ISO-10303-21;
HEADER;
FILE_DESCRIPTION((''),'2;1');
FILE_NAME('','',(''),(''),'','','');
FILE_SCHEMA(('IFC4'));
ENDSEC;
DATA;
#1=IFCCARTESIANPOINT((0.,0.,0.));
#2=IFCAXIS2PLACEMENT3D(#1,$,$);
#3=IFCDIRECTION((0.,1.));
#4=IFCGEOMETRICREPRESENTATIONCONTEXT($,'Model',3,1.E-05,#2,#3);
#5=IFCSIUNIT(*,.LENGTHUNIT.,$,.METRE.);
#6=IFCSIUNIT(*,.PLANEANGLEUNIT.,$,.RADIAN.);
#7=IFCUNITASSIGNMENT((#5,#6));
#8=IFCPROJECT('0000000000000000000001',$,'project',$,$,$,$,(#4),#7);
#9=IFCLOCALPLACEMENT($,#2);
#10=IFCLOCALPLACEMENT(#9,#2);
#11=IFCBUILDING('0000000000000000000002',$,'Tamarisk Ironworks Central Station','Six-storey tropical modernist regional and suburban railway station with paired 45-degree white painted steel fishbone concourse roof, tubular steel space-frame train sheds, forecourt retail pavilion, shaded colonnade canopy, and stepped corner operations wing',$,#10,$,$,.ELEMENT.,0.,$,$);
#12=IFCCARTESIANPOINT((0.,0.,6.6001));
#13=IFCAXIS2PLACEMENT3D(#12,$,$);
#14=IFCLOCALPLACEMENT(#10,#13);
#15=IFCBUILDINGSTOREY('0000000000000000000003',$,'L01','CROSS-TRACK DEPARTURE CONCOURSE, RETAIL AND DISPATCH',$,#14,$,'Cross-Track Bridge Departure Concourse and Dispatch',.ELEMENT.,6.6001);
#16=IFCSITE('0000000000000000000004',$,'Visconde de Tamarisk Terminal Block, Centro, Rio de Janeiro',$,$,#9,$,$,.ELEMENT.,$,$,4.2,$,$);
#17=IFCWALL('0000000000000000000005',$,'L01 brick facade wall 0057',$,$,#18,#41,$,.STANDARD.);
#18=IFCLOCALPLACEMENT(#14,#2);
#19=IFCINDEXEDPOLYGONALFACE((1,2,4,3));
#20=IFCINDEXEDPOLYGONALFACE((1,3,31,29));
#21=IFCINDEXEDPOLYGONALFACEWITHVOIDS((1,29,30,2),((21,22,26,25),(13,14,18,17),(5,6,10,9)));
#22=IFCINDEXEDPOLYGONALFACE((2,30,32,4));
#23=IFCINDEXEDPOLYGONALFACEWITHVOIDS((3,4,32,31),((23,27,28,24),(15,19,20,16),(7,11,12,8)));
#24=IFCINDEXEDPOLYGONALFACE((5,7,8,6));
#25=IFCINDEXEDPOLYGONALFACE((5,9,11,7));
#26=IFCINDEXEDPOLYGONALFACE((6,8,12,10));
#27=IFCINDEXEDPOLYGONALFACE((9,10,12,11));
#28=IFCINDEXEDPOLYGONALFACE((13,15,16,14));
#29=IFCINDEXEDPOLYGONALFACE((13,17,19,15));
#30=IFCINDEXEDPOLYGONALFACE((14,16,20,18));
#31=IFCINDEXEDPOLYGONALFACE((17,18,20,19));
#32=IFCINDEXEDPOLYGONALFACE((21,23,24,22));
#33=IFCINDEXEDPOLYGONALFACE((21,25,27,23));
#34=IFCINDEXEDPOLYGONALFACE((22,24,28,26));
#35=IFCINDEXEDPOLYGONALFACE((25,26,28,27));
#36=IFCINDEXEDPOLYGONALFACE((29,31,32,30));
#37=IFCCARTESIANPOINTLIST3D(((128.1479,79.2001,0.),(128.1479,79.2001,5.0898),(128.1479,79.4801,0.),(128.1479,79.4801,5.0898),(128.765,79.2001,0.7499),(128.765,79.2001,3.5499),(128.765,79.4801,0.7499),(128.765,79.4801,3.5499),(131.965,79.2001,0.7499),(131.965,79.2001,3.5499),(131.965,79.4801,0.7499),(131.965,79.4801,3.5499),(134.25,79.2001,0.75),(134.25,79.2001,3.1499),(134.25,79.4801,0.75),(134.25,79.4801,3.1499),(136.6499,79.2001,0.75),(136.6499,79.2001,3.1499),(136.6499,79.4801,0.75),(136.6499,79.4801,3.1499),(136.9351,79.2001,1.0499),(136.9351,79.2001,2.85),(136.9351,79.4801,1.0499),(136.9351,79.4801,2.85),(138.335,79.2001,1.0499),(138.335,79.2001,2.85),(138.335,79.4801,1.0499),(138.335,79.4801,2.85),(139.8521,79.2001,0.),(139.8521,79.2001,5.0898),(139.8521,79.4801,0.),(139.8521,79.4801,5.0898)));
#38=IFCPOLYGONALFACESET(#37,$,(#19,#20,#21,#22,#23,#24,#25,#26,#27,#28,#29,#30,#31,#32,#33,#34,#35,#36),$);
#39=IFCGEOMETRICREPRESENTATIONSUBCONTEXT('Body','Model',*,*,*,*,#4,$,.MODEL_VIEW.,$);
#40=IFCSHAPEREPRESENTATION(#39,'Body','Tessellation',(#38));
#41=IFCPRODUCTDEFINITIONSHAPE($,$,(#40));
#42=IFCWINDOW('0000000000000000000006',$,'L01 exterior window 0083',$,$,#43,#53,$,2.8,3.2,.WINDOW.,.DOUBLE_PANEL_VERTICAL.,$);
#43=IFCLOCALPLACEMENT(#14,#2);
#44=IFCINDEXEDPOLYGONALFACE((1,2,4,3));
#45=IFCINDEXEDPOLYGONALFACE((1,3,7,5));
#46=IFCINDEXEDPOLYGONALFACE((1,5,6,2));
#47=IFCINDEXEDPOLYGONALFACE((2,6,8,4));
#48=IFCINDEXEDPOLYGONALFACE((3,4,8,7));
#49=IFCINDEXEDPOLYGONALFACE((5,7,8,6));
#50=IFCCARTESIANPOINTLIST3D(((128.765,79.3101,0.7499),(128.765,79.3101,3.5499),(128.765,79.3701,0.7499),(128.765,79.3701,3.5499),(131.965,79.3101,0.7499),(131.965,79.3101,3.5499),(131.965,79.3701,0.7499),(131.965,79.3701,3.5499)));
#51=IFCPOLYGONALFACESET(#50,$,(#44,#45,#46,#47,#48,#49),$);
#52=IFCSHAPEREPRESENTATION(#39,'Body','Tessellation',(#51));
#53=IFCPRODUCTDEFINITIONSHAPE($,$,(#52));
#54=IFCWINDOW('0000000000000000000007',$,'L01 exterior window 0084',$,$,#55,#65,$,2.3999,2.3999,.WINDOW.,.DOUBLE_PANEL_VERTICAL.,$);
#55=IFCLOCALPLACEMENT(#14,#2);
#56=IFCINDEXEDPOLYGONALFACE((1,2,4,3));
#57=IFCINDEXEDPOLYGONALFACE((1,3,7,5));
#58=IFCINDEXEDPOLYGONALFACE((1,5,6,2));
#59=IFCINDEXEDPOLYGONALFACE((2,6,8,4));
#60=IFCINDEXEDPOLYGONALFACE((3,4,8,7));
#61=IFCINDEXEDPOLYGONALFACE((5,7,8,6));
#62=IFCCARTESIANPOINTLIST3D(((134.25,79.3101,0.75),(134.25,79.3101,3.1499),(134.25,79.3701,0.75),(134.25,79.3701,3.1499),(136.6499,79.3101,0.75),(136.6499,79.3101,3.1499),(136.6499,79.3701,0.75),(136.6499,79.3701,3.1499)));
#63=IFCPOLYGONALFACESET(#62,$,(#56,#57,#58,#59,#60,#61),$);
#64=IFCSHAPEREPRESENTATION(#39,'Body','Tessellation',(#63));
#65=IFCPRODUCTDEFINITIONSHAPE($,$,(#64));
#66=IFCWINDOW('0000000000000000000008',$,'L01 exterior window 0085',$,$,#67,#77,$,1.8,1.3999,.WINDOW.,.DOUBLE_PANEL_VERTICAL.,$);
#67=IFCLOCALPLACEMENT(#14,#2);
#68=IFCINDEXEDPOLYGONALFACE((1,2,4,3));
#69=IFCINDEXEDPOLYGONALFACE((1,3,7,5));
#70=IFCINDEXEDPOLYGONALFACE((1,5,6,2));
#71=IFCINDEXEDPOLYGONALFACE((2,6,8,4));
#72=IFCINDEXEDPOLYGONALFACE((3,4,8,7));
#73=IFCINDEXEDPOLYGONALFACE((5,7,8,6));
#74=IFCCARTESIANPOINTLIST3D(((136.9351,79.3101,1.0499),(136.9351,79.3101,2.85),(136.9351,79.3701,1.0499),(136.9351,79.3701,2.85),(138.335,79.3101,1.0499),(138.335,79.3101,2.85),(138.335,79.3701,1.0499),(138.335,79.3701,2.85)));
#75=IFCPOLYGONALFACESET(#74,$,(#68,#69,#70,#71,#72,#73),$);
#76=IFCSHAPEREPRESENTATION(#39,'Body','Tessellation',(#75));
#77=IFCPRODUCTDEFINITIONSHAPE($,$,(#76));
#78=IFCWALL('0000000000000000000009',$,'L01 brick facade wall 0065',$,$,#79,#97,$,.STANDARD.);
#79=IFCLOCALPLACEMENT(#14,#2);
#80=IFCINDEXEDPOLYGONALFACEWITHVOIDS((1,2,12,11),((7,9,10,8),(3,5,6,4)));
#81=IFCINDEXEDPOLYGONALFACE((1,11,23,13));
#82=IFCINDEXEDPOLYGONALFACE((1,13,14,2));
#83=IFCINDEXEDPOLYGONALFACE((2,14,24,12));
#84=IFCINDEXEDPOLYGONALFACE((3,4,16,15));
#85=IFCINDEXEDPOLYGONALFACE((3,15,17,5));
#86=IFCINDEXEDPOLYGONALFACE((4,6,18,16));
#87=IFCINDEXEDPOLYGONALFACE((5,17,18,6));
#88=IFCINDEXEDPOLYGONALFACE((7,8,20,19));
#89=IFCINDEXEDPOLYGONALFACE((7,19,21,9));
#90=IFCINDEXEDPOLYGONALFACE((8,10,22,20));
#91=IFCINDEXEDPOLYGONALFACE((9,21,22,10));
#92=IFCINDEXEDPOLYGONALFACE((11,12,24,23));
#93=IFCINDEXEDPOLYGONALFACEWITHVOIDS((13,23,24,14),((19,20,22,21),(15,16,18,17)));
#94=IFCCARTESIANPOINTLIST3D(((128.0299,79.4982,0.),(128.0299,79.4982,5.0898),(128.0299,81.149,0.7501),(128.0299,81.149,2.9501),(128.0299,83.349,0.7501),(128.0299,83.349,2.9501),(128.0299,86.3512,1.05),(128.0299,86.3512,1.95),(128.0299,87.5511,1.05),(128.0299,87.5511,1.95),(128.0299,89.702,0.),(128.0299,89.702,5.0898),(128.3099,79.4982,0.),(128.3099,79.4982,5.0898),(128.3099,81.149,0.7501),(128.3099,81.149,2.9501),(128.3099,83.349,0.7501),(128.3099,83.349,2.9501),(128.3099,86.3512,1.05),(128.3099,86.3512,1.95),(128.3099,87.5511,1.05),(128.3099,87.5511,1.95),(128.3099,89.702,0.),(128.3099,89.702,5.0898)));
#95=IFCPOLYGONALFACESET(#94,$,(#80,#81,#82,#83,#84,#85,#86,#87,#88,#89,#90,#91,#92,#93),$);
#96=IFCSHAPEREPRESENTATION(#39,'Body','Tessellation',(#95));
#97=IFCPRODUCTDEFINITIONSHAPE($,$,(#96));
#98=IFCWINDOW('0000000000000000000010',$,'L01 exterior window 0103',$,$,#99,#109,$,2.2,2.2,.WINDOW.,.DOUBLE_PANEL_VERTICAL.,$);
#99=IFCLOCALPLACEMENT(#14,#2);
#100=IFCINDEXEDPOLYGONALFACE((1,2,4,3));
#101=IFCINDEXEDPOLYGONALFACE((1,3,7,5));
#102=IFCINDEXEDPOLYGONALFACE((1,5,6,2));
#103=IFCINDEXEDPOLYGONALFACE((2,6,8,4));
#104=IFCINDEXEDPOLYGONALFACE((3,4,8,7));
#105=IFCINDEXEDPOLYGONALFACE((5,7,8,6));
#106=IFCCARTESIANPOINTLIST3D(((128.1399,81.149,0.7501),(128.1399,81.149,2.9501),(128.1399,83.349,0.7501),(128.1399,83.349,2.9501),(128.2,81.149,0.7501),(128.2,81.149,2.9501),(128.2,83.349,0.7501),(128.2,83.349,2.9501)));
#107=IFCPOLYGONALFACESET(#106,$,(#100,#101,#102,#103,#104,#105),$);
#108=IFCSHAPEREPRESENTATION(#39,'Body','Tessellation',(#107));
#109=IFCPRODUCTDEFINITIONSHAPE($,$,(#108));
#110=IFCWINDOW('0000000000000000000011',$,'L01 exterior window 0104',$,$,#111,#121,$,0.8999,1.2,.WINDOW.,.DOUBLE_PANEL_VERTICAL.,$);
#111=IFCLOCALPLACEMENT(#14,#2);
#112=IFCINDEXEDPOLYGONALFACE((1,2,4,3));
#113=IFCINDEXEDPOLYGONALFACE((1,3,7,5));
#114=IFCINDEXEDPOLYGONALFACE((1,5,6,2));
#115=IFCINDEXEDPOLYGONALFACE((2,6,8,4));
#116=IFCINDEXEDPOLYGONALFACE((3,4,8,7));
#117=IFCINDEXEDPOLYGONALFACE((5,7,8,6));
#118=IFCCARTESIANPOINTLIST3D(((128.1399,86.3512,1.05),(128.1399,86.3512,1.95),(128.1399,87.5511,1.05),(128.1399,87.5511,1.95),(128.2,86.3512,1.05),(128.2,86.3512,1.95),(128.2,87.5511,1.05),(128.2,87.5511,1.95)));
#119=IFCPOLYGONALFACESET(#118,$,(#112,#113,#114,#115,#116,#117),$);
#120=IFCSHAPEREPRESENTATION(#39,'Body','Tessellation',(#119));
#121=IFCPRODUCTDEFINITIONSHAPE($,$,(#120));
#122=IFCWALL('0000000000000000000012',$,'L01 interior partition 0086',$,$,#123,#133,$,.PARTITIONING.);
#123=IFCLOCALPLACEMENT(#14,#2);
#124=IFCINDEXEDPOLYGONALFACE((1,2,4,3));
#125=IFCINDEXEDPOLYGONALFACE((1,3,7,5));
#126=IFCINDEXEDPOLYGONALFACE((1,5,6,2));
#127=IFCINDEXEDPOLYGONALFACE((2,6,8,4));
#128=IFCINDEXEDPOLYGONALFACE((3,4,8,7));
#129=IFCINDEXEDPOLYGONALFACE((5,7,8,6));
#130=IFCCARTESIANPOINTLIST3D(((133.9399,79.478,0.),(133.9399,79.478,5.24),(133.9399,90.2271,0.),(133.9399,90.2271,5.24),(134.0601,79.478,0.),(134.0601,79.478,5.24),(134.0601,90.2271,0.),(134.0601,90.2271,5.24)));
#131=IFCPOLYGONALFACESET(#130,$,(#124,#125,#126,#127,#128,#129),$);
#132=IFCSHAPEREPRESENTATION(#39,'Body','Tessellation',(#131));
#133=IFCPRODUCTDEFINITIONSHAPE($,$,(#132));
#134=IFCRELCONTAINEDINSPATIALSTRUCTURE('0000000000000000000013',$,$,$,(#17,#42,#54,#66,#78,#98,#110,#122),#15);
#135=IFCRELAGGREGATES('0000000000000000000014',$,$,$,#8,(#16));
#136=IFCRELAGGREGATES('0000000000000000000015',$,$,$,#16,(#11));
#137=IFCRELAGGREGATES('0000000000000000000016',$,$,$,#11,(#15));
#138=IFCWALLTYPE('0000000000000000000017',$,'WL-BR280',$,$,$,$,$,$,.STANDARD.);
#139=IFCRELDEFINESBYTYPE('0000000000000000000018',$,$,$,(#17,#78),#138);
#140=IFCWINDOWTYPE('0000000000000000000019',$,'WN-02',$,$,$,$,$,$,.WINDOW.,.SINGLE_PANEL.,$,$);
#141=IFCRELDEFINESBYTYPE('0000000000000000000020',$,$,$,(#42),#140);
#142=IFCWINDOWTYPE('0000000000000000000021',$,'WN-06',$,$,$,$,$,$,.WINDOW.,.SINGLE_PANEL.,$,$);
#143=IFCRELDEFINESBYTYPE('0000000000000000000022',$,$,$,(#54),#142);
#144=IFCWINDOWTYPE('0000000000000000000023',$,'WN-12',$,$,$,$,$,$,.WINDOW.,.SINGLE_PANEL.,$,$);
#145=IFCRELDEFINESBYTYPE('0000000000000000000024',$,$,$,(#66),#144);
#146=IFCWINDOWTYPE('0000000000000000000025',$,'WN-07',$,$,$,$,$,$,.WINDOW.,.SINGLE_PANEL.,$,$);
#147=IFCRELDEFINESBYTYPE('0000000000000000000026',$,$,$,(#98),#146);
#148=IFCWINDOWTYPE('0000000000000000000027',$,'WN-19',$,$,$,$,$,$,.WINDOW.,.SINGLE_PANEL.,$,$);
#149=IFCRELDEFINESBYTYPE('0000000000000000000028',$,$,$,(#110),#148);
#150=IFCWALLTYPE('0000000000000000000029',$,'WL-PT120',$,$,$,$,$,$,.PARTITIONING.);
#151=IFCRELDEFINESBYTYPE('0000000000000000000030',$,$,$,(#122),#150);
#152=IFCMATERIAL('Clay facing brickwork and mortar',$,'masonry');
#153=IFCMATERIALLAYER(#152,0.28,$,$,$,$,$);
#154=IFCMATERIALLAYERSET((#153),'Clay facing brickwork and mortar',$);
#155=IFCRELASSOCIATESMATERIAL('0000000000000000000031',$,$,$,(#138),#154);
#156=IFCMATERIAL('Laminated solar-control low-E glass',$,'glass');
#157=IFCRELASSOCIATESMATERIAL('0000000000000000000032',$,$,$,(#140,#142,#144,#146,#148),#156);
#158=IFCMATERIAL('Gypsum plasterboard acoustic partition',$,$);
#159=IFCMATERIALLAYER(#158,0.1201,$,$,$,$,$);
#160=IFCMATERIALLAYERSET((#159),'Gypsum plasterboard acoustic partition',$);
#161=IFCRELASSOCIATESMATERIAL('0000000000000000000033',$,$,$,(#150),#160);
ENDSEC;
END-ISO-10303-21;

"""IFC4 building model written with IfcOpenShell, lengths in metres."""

from ifc_helpers import new_model, si_unit, direction, frame, frame_2d, origin, place, context, subcontext, project, spatial, rectangle, extrude, material, layer, layer_set, type_object, element, fill, save


model = new_model("IFC4")

# Units and contexts
model_context = context("Model", 3, precision=1e-05, world=origin(), true_north=direction((0.0, 1.0)))
body_context = subcontext(model_context, "Body", "Model", "MODEL_VIEW")
ifc_project = project(units=[si_unit("LENGTHUNIT", "METRE"), si_unit("PLANEANGLEUNIT", "RADIAN")], contexts=[model_context])

# Site, building, storey
site_placement = place(None, origin())
site = spatial("IfcSite", under=ifc_project, at=site_placement, Name="Visconde de Tamarisk Terminal Block, Centro, Rio de Janeiro", CompositionType="ELEMENT", RefElevation=4.2)
building_placement = place(site_placement, origin())
building = spatial("IfcBuilding", under=site, at=building_placement, Name="Tamarisk Ironworks Central Station", Description="Six-storey tropical modernist regional and suburban railway station with paired 45-degree white painted steel fishbone concourse roof, tubular steel space-frame train sheds, forecourt retail pavilion, shaded colonnade canopy, and stepped corner operations wing", CompositionType="ELEMENT", ElevationOfRefHeight=0.0)
storey_placement = place(building_placement, frame((0.0, 0.0, 6.6001)))
storey = spatial("IfcBuildingStorey", under=building, at=storey_placement, Name="L01", Description="CROSS-TRACK DEPARTURE CONCOURSE, RETAIL AND DISPATCH", LongName="Cross-Track Bridge Departure Concourse and Dispatch", CompositionType="ELEMENT", Elevation=6.6001)

# Walls, openings, windows
ifc_material_1 = material(Name="Clay facing brickwork and mortar", Category="masonry")
ifc_layer_1 = layer(ifc_material_1, 0.28)
ifc_layer_set_1 = layer_set([ifc_layer_1], Name="Clay facing brickwork and mortar")
wall_type_1 = type_object("IfcWallType", Name="WL-BR280", PredefinedType="STANDARD", material=ifc_layer_set_1)
wall_1_placement = place(storey_placement, frame((128.1479, 79.3401, 0.0), z_axis=(0.0, 0.0, 1.0), x_axis=(1.0, 0.0, 0.0)))
wall_1 = element("IfcWall", 1, at=wall_1_placement, inside=storey, type_object=wall_type_1, Name="L01 brick facade wall 0057", PredefinedType="STANDARD", context=body_context, shape_type="SweptSolid", body=[
    extrude(rectangle(XDim=11.7041, YDim=0.28, at=frame_2d((5.8521, 0.0))), origin(), (0.0, 0.0, 1.0), 5.0898),
])
opening_1_placement = place(wall_1_placement, frame((0.6169, 0.0, 0.75)))
opening_1 = element("IfcOpeningElement", 2, at=opening_1_placement, cuts=wall_1, PredefinedType="OPENING", context=body_context, shape_type="SweptSolid", body=[
    extrude(rectangle(XDim=3.2, YDim=2.8, at=frame_2d((1.6001, 1.3999))), frame((0.0, 0.1519, 0.0), z_axis=(0.0, -1.0, 0.0), x_axis=(1.0, 0.0, 0.0)), (0.0, 0.0, 1.0), 0.304),
])
opening_2_placement = place(wall_1_placement, frame((6.1021, 0.0, 0.75)))
opening_2 = element("IfcOpeningElement", 3, at=opening_2_placement, cuts=wall_1, PredefinedType="OPENING", context=body_context, shape_type="SweptSolid", body=[
    extrude(rectangle(XDim=2.3999, YDim=2.3999, at=frame_2d((1.2, 1.2))), frame((0.0, 0.1519, 0.0), z_axis=(0.0, -1.0, 0.0), x_axis=(1.0, 0.0, 0.0)), (0.0, 0.0, 1.0), 0.304),
])
opening_3_placement = place(wall_1_placement, frame((8.7871, 0.0, 1.05)))
opening_3 = element("IfcOpeningElement", 4, at=opening_3_placement, cuts=wall_1, PredefinedType="OPENING", context=body_context, shape_type="SweptSolid", body=[
    extrude(rectangle(XDim=1.3999, YDim=1.8, at=frame_2d((0.7, 0.8999))), frame((0.0, 0.1519, 0.0), z_axis=(0.0, -1.0, 0.0), x_axis=(1.0, 0.0, 0.0)), (0.0, 0.0, 1.0), 0.304),
])
ifc_material_2 = material(Name="Laminated solar-control low-E glass", Category="glass")
window_type_1 = type_object("IfcWindowType", Name="WN-02", PartitioningType="SINGLE_PANEL", PredefinedType="WINDOW", material=ifc_material_2)
window_1_placement = place(opening_1_placement, origin())
window_1 = element("IfcWindow", 5, at=window_1_placement, inside=storey, type_object=window_type_1, Name="L01 exterior window 0083", OverallHeight=2.8, OverallWidth=3.2, PartitioningType="DOUBLE_PANEL_VERTICAL", PredefinedType="WINDOW", context=body_context, shape_type="SweptSolid", body=[
    extrude(rectangle(XDim=3.2, YDim=2.8, at=frame_2d((1.6001, 1.3999))), frame((0.0, 0.03, 0.0), z_axis=(0.0, -1.0, 0.0), x_axis=(1.0, 0.0, 0.0)), (0.0, 0.0, 1.0), 0.0601),
])
fill(opening_1, window_1)
window_type_2 = type_object("IfcWindowType", Name="WN-06", PartitioningType="SINGLE_PANEL", PredefinedType="WINDOW", material=ifc_material_2)
window_2_placement = place(opening_2_placement, origin())
window_2 = element("IfcWindow", 6, at=window_2_placement, inside=storey, type_object=window_type_2, Name="L01 exterior window 0084", OverallHeight=2.3999, OverallWidth=2.3999, PartitioningType="DOUBLE_PANEL_VERTICAL", PredefinedType="WINDOW", context=body_context, shape_type="SweptSolid", body=[
    extrude(rectangle(XDim=2.3999, YDim=2.3999, at=frame_2d((1.2, 1.2))), frame((0.0, 0.03, 0.0), z_axis=(0.0, -1.0, 0.0), x_axis=(1.0, 0.0, 0.0)), (0.0, 0.0, 1.0), 0.0601),
])
fill(opening_2, window_2)
window_type_3 = type_object("IfcWindowType", Name="WN-12", PartitioningType="SINGLE_PANEL", PredefinedType="WINDOW", material=ifc_material_2)
window_3_placement = place(opening_3_placement, origin())
window_3 = element("IfcWindow", 7, at=window_3_placement, inside=storey, type_object=window_type_3, Name="L01 exterior window 0085", OverallHeight=1.8, OverallWidth=1.3999, PartitioningType="DOUBLE_PANEL_VERTICAL", PredefinedType="WINDOW", context=body_context, shape_type="SweptSolid", body=[
    extrude(rectangle(XDim=1.3999, YDim=1.8, at=frame_2d((0.7, 0.8999))), frame((0.0, 0.03, 0.0), z_axis=(0.0, -1.0, 0.0), x_axis=(1.0, 0.0, 0.0)), (0.0, 0.0, 1.0), 0.0601),
])
fill(opening_3, window_3)
wall_2_placement = place(storey_placement, frame((128.1699, 79.498, 0.0), z_axis=(0.0, 0.0, 1.0), x_axis=(0.0, 1.0, 0.0)))
wall_2 = element("IfcWall", 8, at=wall_2_placement, inside=storey, type_object=wall_type_1, Name="L01 brick facade wall 0065", PredefinedType="STANDARD", context=body_context, shape_type="SweptSolid", body=[
    extrude(rectangle(XDim=10.2039, YDim=0.28, at=frame_2d((5.1021, 0.0))), origin(), (0.0, 0.0, 1.0), 5.0898),
])
opening_4_placement = place(wall_2_placement, frame((1.6509, 0.0, 0.75)))
opening_4 = element("IfcOpeningElement", 9, at=opening_4_placement, cuts=wall_2, PredefinedType="OPENING", context=body_context, shape_type="SweptSolid", body=[
    extrude(rectangle(XDim=2.2, YDim=2.2, at=frame_2d((1.1001, 1.1001))), frame((0.0, 0.1519, 0.0), z_axis=(0.0, -1.0, 0.0), x_axis=(1.0, 0.0, 0.0)), (0.0, 0.0, 1.0), 0.304),
])
opening_5_placement = place(wall_2_placement, frame((6.853, 0.0, 1.05)))
opening_5 = element("IfcOpeningElement", 10, at=opening_5_placement, cuts=wall_2, PredefinedType="OPENING", context=body_context, shape_type="SweptSolid", body=[
    extrude(rectangle(XDim=1.2, YDim=0.8999, at=frame_2d((0.6001, 0.45))), frame((0.0, 0.1519, 0.0), z_axis=(0.0, -1.0, 0.0), x_axis=(1.0, 0.0, 0.0)), (0.0, 0.0, 1.0), 0.304),
])
window_type_4 = type_object("IfcWindowType", Name="WN-07", PartitioningType="SINGLE_PANEL", PredefinedType="WINDOW", material=ifc_material_2)
window_4_placement = place(opening_4_placement, origin())
window_4 = element("IfcWindow", 11, at=window_4_placement, inside=storey, type_object=window_type_4, Name="L01 exterior window 0103", OverallHeight=2.2, OverallWidth=2.2, PartitioningType="DOUBLE_PANEL_VERTICAL", PredefinedType="WINDOW", context=body_context, shape_type="SweptSolid", body=[
    extrude(rectangle(XDim=2.2, YDim=2.2, at=frame_2d((1.1001, 1.1001))), frame((0.0, 0.03, 0.0), z_axis=(0.0, -1.0, 0.0), x_axis=(1.0, 0.0, 0.0)), (0.0, 0.0, 1.0), 0.0601),
])
fill(opening_4, window_4)
window_type_5 = type_object("IfcWindowType", Name="WN-19", PartitioningType="SINGLE_PANEL", PredefinedType="WINDOW", material=ifc_material_2)
window_5_placement = place(opening_5_placement, origin())
window_5 = element("IfcWindow", 12, at=window_5_placement, inside=storey, type_object=window_type_5, Name="L01 exterior window 0104", OverallHeight=0.8999, OverallWidth=1.2, PartitioningType="DOUBLE_PANEL_VERTICAL", PredefinedType="WINDOW", context=body_context, shape_type="SweptSolid", body=[
    extrude(rectangle(XDim=1.2, YDim=0.8999, at=frame_2d((0.6001, 0.45))), frame((0.0, 0.03, 0.0), z_axis=(0.0, -1.0, 0.0), x_axis=(1.0, 0.0, 0.0)), (0.0, 0.0, 1.0), 0.0601),
])
fill(opening_5, window_5)

# Wall
ifc_material_3 = material(Name="Gypsum plasterboard acoustic partition")
ifc_layer_2 = layer(ifc_material_3, 0.1201)
ifc_layer_set_2 = layer_set([ifc_layer_2], Name="Gypsum plasterboard acoustic partition")
wall_type_2 = type_object("IfcWallType", Name="WL-PT120", PredefinedType="PARTITIONING", material=ifc_layer_set_2)
wall_3_placement = place(storey_placement, frame((134.0, 79.478, 0.0), z_axis=(0.0, 0.0, 1.0), x_axis=(0.0, 1.0, 0.0)))
element("IfcWall", 13, at=wall_3_placement, inside=storey, type_object=wall_type_2, Name="L01 interior partition 0086", PredefinedType="PARTITIONING", context=body_context, shape_type="SweptSolid", body=[
    extrude(rectangle(XDim=10.749, YDim=0.1201, at=frame_2d((5.3745, 0.0))), origin(), (0.0, 0.0, 1.0), 5.24),
])

save(model, "model.ifc")
